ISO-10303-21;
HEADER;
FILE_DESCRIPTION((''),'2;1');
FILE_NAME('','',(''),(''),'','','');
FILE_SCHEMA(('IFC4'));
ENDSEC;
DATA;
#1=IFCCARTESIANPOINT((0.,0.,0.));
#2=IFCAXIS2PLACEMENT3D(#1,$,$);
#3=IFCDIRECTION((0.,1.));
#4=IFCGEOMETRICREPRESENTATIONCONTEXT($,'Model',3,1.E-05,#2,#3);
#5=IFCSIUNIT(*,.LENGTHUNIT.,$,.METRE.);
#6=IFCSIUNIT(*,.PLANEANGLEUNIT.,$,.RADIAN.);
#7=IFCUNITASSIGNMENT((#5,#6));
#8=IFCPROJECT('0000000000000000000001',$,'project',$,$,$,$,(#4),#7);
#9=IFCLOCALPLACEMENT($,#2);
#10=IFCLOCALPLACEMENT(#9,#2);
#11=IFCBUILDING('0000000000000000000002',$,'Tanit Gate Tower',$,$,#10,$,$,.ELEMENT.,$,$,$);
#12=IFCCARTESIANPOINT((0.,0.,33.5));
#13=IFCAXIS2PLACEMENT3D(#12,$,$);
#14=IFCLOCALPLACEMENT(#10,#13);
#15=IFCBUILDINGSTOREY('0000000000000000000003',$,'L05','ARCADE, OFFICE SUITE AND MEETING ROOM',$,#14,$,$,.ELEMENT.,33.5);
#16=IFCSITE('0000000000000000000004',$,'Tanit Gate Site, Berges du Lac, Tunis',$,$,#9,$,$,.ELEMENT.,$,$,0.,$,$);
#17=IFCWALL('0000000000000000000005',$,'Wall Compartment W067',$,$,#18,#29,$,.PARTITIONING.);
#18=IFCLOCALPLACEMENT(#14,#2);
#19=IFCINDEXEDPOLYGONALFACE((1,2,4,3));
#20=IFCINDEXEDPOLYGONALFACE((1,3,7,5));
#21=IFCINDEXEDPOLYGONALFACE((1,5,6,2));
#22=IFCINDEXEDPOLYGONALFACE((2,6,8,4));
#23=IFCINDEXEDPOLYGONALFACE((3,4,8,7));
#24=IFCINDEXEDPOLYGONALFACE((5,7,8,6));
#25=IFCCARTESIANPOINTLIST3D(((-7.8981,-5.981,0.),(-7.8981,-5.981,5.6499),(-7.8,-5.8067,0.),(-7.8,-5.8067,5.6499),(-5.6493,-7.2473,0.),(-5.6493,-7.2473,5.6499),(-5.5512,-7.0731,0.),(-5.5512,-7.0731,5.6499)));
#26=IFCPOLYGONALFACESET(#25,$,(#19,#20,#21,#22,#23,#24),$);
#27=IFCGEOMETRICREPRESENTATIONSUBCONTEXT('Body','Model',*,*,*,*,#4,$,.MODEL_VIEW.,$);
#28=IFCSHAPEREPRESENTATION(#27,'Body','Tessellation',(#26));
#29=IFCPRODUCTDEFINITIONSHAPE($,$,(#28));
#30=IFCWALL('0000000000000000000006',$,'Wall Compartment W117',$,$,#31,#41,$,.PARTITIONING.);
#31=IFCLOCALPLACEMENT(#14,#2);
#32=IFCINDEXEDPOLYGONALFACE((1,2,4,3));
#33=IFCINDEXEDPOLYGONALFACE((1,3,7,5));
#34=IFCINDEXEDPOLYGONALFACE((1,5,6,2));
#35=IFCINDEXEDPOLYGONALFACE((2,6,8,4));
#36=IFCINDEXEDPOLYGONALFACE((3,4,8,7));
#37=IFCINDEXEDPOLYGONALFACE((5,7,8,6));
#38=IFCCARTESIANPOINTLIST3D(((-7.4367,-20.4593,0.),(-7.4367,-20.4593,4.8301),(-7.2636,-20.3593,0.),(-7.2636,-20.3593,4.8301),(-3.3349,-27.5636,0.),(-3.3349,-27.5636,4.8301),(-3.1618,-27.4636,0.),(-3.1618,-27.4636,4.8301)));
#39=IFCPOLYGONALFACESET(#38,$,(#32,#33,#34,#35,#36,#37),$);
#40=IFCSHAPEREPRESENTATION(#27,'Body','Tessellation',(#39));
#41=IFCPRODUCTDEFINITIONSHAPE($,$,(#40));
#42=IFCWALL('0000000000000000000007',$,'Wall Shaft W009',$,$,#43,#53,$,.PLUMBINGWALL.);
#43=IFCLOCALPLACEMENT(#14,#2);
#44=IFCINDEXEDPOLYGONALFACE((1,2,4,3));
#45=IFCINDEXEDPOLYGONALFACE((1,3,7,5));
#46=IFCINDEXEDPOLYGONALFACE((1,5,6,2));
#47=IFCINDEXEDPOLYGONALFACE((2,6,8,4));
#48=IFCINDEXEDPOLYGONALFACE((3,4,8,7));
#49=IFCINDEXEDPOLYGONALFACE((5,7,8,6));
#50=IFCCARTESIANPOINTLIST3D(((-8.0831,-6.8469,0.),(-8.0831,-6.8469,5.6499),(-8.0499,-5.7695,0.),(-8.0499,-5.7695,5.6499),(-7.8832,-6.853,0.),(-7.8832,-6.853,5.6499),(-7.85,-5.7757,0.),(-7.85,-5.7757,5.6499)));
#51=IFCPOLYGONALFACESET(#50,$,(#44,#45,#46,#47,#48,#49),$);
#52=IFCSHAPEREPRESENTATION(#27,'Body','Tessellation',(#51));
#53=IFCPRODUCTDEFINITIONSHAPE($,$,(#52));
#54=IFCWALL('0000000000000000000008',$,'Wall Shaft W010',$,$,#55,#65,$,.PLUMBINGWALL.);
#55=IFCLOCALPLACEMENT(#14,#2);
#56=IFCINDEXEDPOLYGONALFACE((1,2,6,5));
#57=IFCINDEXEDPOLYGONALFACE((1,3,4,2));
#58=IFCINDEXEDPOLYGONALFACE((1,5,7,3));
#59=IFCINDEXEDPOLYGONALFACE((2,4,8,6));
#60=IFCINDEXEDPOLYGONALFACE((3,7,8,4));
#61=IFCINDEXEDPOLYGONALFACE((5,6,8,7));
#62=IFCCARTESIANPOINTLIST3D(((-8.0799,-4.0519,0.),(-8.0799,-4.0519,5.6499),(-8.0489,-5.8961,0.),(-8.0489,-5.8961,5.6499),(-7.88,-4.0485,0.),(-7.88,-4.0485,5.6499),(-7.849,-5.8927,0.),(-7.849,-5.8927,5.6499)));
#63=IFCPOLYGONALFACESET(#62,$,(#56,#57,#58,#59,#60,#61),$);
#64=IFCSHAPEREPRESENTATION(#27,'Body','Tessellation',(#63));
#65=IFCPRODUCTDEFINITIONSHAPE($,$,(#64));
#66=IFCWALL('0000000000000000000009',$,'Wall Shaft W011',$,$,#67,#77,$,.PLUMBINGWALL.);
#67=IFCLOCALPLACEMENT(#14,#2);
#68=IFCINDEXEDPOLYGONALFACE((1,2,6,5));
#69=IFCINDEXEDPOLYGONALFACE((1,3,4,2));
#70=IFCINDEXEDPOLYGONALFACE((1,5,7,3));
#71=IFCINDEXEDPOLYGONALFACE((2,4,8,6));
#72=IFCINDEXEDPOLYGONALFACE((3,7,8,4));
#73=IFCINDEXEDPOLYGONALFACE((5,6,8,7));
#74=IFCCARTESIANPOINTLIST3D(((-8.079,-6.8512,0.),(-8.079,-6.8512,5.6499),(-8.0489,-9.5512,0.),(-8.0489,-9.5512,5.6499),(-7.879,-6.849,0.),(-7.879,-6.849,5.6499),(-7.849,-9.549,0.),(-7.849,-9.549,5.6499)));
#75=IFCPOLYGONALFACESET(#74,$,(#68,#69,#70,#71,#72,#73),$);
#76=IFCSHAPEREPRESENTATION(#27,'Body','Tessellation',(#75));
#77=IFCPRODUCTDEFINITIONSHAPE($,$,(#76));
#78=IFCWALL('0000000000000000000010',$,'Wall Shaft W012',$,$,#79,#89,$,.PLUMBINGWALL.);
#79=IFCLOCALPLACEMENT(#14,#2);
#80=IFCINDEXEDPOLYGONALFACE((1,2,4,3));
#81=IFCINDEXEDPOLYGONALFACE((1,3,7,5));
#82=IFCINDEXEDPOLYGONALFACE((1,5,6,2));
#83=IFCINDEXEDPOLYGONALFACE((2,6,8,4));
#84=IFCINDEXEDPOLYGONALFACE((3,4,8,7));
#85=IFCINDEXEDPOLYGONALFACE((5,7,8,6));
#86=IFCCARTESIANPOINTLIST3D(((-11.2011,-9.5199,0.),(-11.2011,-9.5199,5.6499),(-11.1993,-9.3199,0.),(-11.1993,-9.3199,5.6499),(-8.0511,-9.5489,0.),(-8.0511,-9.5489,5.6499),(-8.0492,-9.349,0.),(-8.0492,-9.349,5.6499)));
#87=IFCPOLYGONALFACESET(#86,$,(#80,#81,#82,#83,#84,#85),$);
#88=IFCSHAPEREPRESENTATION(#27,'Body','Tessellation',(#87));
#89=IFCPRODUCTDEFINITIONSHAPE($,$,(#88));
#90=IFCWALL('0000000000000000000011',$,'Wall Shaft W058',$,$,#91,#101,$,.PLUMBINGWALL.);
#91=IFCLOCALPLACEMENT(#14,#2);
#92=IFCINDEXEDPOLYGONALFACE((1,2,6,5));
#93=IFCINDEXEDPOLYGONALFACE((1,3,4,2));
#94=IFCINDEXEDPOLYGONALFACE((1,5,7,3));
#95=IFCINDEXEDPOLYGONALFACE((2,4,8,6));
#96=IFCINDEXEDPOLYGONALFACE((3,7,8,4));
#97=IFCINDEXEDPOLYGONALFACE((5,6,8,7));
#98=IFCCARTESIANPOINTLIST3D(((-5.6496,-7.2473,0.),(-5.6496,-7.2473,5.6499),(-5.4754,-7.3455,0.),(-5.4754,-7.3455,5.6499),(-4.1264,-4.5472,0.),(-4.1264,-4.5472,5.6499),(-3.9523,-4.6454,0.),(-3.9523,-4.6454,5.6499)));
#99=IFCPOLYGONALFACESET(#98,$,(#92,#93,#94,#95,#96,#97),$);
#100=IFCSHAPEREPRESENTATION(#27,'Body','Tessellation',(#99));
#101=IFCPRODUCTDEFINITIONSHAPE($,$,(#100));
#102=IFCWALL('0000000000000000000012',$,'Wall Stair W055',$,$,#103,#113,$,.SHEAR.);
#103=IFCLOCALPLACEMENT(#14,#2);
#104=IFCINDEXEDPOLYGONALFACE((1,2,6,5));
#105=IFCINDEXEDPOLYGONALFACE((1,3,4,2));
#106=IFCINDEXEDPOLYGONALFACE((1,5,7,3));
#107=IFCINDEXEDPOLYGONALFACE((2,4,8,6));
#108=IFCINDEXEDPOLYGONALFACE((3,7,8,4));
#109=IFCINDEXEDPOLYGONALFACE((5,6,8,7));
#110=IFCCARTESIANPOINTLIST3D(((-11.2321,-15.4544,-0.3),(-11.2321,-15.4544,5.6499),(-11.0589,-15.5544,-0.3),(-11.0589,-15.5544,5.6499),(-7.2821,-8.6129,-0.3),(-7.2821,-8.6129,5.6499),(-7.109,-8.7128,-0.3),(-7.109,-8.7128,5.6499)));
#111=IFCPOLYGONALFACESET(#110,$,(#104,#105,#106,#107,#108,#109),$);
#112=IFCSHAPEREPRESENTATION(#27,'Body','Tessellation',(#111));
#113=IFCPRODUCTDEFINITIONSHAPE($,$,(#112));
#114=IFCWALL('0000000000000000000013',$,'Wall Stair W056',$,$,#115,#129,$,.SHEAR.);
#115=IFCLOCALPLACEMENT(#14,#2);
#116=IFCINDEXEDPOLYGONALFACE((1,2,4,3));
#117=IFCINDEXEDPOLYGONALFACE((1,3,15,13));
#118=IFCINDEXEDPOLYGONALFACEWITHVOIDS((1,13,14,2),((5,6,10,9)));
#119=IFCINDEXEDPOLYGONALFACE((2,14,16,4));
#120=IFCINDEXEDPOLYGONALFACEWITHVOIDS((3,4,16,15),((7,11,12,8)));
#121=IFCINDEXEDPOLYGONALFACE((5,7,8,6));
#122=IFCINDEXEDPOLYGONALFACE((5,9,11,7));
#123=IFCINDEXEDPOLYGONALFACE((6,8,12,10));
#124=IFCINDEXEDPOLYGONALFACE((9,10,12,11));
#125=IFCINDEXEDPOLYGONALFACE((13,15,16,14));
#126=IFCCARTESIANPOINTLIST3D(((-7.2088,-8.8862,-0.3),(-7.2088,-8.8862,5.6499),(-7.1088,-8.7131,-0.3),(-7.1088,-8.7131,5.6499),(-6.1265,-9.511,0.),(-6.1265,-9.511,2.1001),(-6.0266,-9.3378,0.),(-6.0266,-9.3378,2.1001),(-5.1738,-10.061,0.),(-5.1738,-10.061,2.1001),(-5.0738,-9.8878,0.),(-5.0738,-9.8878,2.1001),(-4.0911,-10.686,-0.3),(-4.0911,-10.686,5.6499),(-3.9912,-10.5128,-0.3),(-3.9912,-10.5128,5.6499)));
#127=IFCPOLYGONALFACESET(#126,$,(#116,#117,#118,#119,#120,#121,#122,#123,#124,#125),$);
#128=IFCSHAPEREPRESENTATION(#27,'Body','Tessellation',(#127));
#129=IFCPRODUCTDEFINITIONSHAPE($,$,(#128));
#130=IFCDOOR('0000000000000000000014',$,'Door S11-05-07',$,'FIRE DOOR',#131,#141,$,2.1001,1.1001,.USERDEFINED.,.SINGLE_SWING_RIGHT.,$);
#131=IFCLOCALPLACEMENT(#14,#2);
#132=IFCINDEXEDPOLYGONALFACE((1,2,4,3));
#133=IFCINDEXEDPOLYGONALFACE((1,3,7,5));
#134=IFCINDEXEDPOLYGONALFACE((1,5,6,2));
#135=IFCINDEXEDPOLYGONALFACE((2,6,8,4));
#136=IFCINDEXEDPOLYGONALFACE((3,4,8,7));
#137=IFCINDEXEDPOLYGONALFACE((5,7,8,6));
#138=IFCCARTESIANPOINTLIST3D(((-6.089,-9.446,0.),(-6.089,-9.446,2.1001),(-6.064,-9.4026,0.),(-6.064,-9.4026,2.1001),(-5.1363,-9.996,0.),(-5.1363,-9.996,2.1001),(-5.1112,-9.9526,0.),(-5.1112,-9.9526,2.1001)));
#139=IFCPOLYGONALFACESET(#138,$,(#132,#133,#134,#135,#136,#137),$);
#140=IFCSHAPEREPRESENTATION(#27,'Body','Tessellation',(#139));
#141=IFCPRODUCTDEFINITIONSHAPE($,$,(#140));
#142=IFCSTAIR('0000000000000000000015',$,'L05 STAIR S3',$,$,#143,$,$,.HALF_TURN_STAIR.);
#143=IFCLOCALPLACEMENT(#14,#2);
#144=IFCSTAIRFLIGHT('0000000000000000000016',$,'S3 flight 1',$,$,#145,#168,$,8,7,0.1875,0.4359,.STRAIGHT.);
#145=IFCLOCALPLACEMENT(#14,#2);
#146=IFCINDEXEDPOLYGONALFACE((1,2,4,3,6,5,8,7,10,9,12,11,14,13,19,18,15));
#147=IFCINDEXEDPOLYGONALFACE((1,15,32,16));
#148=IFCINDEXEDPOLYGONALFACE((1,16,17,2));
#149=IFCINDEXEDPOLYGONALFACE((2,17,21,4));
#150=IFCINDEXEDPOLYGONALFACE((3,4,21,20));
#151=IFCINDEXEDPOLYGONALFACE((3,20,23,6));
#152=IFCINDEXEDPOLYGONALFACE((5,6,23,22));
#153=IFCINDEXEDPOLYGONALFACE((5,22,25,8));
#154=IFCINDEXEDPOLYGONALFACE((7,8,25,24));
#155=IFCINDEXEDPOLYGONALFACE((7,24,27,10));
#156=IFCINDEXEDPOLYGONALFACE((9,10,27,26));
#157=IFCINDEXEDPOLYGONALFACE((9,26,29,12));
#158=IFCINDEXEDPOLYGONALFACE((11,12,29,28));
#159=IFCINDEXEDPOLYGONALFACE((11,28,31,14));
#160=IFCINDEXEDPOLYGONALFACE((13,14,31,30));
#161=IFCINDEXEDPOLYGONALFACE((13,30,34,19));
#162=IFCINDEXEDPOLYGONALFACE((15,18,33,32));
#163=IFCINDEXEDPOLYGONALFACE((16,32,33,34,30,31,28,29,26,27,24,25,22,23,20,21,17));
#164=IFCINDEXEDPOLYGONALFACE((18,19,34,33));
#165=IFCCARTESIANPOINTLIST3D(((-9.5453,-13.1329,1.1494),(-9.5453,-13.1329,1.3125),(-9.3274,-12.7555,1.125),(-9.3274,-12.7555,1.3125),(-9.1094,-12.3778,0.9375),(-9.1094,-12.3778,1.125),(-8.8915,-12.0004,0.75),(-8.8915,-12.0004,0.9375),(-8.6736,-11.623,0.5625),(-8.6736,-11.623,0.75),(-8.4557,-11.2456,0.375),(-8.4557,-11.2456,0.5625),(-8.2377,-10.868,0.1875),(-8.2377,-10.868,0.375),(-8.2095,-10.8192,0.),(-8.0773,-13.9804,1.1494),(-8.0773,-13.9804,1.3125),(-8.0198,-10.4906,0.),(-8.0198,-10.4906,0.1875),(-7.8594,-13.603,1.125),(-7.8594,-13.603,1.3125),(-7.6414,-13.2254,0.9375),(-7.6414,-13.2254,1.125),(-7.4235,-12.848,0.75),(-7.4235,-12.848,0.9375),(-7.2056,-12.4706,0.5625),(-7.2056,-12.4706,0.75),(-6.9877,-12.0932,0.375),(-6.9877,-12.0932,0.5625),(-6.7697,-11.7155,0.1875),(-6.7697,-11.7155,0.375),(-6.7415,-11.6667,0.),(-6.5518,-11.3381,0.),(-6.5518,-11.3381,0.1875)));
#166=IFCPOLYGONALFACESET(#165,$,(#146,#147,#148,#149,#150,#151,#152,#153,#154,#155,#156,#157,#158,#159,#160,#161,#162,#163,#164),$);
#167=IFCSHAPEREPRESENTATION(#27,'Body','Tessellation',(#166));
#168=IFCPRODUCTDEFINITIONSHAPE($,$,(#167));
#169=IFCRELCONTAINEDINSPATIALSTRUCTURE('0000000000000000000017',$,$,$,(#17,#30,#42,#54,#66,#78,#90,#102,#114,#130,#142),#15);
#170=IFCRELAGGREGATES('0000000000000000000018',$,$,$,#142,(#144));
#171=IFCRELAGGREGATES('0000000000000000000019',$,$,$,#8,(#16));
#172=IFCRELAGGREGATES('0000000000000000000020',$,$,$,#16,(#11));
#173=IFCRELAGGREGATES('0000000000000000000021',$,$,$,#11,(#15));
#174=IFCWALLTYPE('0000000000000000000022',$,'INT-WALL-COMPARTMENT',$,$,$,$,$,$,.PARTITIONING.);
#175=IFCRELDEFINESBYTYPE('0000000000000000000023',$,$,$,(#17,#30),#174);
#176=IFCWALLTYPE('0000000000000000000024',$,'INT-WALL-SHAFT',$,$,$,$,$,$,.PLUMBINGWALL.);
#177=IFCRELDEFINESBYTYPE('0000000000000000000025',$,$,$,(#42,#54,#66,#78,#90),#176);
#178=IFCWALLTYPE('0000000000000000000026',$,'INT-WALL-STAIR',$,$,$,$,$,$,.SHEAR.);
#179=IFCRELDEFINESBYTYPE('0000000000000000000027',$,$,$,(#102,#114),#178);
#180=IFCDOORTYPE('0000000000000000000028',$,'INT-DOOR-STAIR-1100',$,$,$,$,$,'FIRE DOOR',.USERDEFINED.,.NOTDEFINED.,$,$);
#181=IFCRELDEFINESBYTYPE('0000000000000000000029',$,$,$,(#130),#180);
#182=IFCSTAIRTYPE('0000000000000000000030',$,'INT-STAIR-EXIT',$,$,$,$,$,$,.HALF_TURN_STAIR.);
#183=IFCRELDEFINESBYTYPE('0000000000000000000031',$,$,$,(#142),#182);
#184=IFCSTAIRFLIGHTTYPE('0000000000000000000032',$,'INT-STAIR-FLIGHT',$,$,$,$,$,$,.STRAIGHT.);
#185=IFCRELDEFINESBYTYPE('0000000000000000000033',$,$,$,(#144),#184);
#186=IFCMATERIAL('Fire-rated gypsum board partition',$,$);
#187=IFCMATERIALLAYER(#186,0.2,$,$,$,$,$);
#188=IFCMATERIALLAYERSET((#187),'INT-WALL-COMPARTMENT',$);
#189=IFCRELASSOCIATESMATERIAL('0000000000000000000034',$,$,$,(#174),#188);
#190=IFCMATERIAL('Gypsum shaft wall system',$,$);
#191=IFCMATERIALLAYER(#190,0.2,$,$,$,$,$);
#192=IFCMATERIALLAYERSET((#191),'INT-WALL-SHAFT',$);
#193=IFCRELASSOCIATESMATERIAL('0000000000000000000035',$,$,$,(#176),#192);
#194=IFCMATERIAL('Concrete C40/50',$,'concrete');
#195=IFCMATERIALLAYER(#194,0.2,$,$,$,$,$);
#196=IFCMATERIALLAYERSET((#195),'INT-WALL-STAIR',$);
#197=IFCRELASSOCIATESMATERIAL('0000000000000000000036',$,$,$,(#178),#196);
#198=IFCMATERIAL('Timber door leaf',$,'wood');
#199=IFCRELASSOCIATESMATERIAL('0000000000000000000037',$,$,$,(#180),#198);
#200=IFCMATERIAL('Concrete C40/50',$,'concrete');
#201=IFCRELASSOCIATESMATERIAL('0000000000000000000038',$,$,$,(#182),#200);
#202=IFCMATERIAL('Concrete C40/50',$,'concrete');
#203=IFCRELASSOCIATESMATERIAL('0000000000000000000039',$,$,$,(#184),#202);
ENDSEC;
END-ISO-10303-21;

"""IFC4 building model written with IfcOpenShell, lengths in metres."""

from ifc_helpers import new_model, si_unit, direction, frame, frame_2d, origin, place, context, subcontext, project, spatial, polyline, rectangle, outline, extrude, material, layer, layer_set, type_object, element, fill, aggregate, save


model = new_model("IFC4")

# Units and contexts
model_context = context("Model", 3, precision=1e-05, world=origin(), true_north=direction((0.0, 1.0)))
body_context = subcontext(model_context, "Body", "Model", "MODEL_VIEW")
ifc_project = project(units=[si_unit("LENGTHUNIT", "METRE"), si_unit("PLANEANGLEUNIT", "RADIAN")], contexts=[model_context])

# Site, building, storey
site_placement = place(None, origin())
site = spatial("IfcSite", under=ifc_project, at=site_placement, Name="Tanit Gate Site, Berges du Lac, Tunis", CompositionType="ELEMENT", RefElevation=0.0)
building_placement = place(site_placement, origin())
building = spatial("IfcBuilding", under=site, at=building_placement, Name="Tanit Gate Tower", CompositionType="ELEMENT")
storey_placement = place(building_placement, frame((0.0, 0.0, 33.5)))
storey = spatial("IfcBuildingStorey", under=building, at=storey_placement, Name="L05", Description="ARCADE, OFFICE SUITE AND MEETING ROOM", CompositionType="ELEMENT", Elevation=33.5)

# Walls
ifc_material_1 = material(Name="Fire-rated gypsum board partition")
ifc_layer_1 = layer(ifc_material_1, 0.2)
ifc_layer_set_1 = layer_set([ifc_layer_1], Name="INT-WALL-COMPARTMENT")
wall_type_1 = type_object("IfcWallType", Name="INT-WALL-COMPARTMENT", PredefinedType="PARTITIONING", material=ifc_layer_set_1)
wall_1_placement = place(storey_placement, frame((-7.8491, -5.8938, 0.0), z_axis=(0.0, 0.0, 1.0), x_axis=(0.87134, -0.490679, 0.0)))
element("IfcWall", 1, at=wall_1_placement, inside=storey, type_object=wall_type_1, Name="Wall Compartment W067", PredefinedType="PARTITIONING", context=body_context, shape_type="SweptSolid", body=[
    extrude(rectangle(XDim=2.5808, YDim=0.2, at=frame_2d((1.2905, 0.0))), origin(), (0.0, 0.0, 1.0), 5.6499),
])
wall_2_placement = place(storey_placement, frame((-7.3501, -20.4094, 0.0), z_axis=(0.0, 0.0, 1.0), x_axis=(0.500015, -0.866017, 0.0)))
element("IfcWall", 2, at=wall_2_placement, inside=storey, type_object=wall_type_1, Name="Wall Compartment W117", PredefinedType="PARTITIONING", context=body_context, shape_type="SweptSolid", body=[
    extrude(rectangle(XDim=8.2034, YDim=0.2, at=frame_2d((4.1016, 0.0))), origin(), (0.0, 0.0, 1.0), 4.8301),
])
ifc_material_2 = material(Name="Gypsum shaft wall system")
ifc_layer_2 = layer(ifc_material_2, 0.2)
ifc_layer_set_2 = layer_set([ifc_layer_2], Name="INT-WALL-SHAFT")
wall_type_2 = type_object("IfcWallType", Name="INT-WALL-SHAFT", PredefinedType="PLUMBINGWALL", material=ifc_layer_set_2)
wall_3_placement = place(storey_placement, frame((-7.95, -5.7725, 0.0), z_axis=(0.0, 0.0, 1.0), x_axis=(-0.030803, -0.999525, 0.0)))
element("IfcWall", 3, at=wall_3_placement, inside=storey, type_object=wall_type_2, Name="Wall Shaft W009", PredefinedType="PLUMBINGWALL", context=body_context, shape_type="SweptSolid", body=[
    extrude(rectangle(XDim=1.0779, YDim=0.2, at=frame_2d((0.5391, 0.0))), origin(), (0.0, 0.0, 1.0), 5.6499),
])
wall_4_placement = place(storey_placement, frame((-7.98, -4.05, 0.0), z_axis=(0.0, 0.0, 1.0), x_axis=(0.01681, -0.999859, 0.0)))
element("IfcWall", 4, at=wall_4_placement, inside=storey, type_object=wall_type_2, Name="Wall Shaft W010", PredefinedType="PLUMBINGWALL", context=body_context, shape_type="SweptSolid", body=[
    extrude(rectangle(XDim=1.8445, YDim=0.2, at=frame_2d((0.9224, 0.0))), origin(), (0.0, 0.0, 1.0), 5.6499),
])
wall_5_placement = place(storey_placement, frame((-7.979, -6.8501, 0.0), z_axis=(0.0, 0.0, 1.0), x_axis=(0.011121, -0.999938, 0.0)))
element("IfcWall", 5, at=wall_5_placement, inside=storey, type_object=wall_type_2, Name="Wall Shaft W011", PredefinedType="PLUMBINGWALL", context=body_context, shape_type="SweptSolid", body=[
    extrude(rectangle(XDim=2.7002, YDim=0.2, at=frame_2d((1.3501, 0.0))), origin(), (0.0, 0.0, 1.0), 5.6499),
])
wall_6_placement = place(storey_placement, frame((-8.05, -9.449, 0.0), z_axis=(0.0, 0.0, 1.0), x_axis=(-0.999957, 0.009223, 0.0)))
element("IfcWall", 6, at=wall_6_placement, inside=storey, type_object=wall_type_2, Name="Wall Shaft W012", PredefinedType="PLUMBINGWALL", context=body_context, shape_type="SweptSolid", body=[
    extrude(rectangle(XDim=3.1501, YDim=0.2, at=frame_2d((1.5752, 0.0))), origin(), (0.0, 0.0, 1.0), 5.6499),
])
wall_7_placement = place(storey_placement, frame((-5.5625, -7.2964, 0.0), z_axis=(0.0, 0.0, 1.0), x_axis=(0.491323, 0.870978, 0.0)))
element("IfcWall", 7, at=wall_7_placement, inside=storey, type_object=wall_type_2, Name="Wall Shaft W058", PredefinedType="PLUMBINGWALL", context=body_context, shape_type="SweptSolid", body=[
    extrude(rectangle(XDim=3.1001, YDim=0.2, at=frame_2d((1.55, 0.0))), origin(), (0.0, 0.0, 1.0), 5.6499),
])
ifc_material_3 = material(Name="Concrete C40/50", Category="concrete")
ifc_layer_3 = layer(ifc_material_3, 0.2)
ifc_layer_set_3 = layer_set([ifc_layer_3], Name="INT-WALL-STAIR")
wall_type_3 = type_object("IfcWallType", Name="INT-WALL-STAIR", PredefinedType="SHEAR", material=ifc_layer_set_3)
wall_8_placement = place(storey_placement, frame((-7.1956, -8.6628, -0.3), z_axis=(0.0, 0.0, 1.0), x_axis=(-0.499998, -0.866027, 0.0)))
element("IfcWall", 8, at=wall_8_placement, inside=storey, type_object=wall_type_3, Name="Wall Stair W055", PredefinedType="SHEAR", context=body_context, shape_type="SweptSolid", body=[
    extrude(rectangle(XDim=7.8999, YDim=0.2, at=frame_2d((3.95, 0.0))), origin(), (0.0, 0.0, 1.0), 5.95),
])

# Wall, opening, door
wall_9_placement = place(storey_placement, frame((-4.0413, -10.5994, -0.3), z_axis=(0.0, 0.0, 1.0), x_axis=(-0.866048, 0.499961, 0.0)))
wall_9 = element("IfcWall", 9, at=wall_9_placement, inside=storey, type_object=wall_type_3, Name="Wall Stair W056", PredefinedType="SHEAR", context=body_context, shape_type="SweptSolid", body=[
    extrude(rectangle(XDim=3.5999, YDim=0.2, at=frame_2d((1.7998, 0.0))), origin(), (0.0, 0.0, 1.0), 5.95),
])
opening_1_placement = place(wall_9_placement, frame((1.25, 0.0, 0.3)))
opening_1 = element("IfcOpeningElement", 10, at=opening_1_placement, cuts=wall_9, PredefinedType="OPENING", context=body_context, shape_type="SweptSolid", body=[
    extrude(rectangle(XDim=1.1001, YDim=2.1001, at=frame_2d((0.55, 1.05))), frame((0.0, 0.1099, 0.0), z_axis=(0.0, -1.0, 0.0), x_axis=(1.0, 0.0, 0.0)), (0.0, 0.0, 1.0), 0.22),
])
ifc_material_4 = material(Name="Timber door leaf", Category="wood")
door_type_1 = type_object("IfcDoorType", Name="INT-DOOR-STAIR-1100", ElementType="FIRE DOOR", OperationType="NOTDEFINED", PredefinedType="USERDEFINED", material=ifc_material_4)
door_1_placement = place(opening_1_placement, origin())
door_1 = element("IfcDoor", 11, at=door_1_placement, inside=storey, type_object=door_type_1, Name="Door S11-05-07", ObjectType="FIRE DOOR", OperationType="SINGLE_SWING_RIGHT", OverallHeight=2.1001, OverallWidth=1.1001, PredefinedType="USERDEFINED", context=body_context, shape_type="SweptSolid", body=[
    extrude(rectangle(XDim=1.1001, YDim=2.1001, at=frame_2d((0.55, 1.05))), frame((0.0, 0.0249, 0.0), z_axis=(0.0, -1.0, 0.0), x_axis=(1.0, 0.0, 0.0)), (0.0, 0.0, 1.0), 0.05),
])
fill(opening_1, door_1)

# Stair, stair flight
ifc_material_5 = material(Name="Concrete C40/50", Category="concrete")
stair_type = type_object("IfcStairType", Name="INT-STAIR-EXIT", PredefinedType="HALF_TURN_STAIR", material=ifc_material_5)
stair_placement = place(storey_placement, origin())
stair = element("IfcStair", 12, at=stair_placement, inside=storey, type_object=stair_type, Name="L05 STAIR S3", PredefinedType="HALF_TURN_STAIR")
ifc_material_6 = material(Name="Concrete C40/50", Category="concrete")
stair_flight_type = type_object("IfcStairFlightType", Name="INT-STAIR-FLIGHT", PredefinedType="STRAIGHT", material=ifc_material_6)
stair_flight_1_placement = place(storey_placement, frame((-7.2859, -10.9143, 0.0), z_axis=(0.0, 0.0, 1.0), x_axis=(-0.5, -0.866025, 0.0)))
stair_flight_1 = element("IfcStairFlight", 13, at=stair_flight_1_placement, type_object=stair_flight_type, Name="S3 flight 1", NumberOfRisers=8, NumberOfTreads=7, PredefinedType="STRAIGHT", RiserHeight=0.1875, TreadLength=0.4359, context=body_context, shape_type="SweptSolid", body=[
    extrude(outline(polyline([(0.0, 0.0), (0.0, 0.1875), (0.4358, 0.1875), (0.4358, 0.375), (0.8718, 0.375), (0.8718, 0.5625), (1.3076, 0.5625), (1.3076, 0.75), (1.7434, 0.75), (1.7434, 0.9375), (2.1792, 0.9375), (2.1792, 1.125), (2.6152, 1.125), (2.6152, 1.3125), (3.051, 1.3125), (3.051, 1.5), (3.051, 1.1494), (0.3794, 0.0), (0.0, 0.0)])), frame((0.0, 0.8477, 0.0), z_axis=(0.0, -1.0, 0.0), x_axis=(1.0, 0.0, 0.0)), (0.0, 0.0, 1.0), 1.6951),
])
aggregate(stair, [stair_flight_1])

save(model, "model.ifc")
